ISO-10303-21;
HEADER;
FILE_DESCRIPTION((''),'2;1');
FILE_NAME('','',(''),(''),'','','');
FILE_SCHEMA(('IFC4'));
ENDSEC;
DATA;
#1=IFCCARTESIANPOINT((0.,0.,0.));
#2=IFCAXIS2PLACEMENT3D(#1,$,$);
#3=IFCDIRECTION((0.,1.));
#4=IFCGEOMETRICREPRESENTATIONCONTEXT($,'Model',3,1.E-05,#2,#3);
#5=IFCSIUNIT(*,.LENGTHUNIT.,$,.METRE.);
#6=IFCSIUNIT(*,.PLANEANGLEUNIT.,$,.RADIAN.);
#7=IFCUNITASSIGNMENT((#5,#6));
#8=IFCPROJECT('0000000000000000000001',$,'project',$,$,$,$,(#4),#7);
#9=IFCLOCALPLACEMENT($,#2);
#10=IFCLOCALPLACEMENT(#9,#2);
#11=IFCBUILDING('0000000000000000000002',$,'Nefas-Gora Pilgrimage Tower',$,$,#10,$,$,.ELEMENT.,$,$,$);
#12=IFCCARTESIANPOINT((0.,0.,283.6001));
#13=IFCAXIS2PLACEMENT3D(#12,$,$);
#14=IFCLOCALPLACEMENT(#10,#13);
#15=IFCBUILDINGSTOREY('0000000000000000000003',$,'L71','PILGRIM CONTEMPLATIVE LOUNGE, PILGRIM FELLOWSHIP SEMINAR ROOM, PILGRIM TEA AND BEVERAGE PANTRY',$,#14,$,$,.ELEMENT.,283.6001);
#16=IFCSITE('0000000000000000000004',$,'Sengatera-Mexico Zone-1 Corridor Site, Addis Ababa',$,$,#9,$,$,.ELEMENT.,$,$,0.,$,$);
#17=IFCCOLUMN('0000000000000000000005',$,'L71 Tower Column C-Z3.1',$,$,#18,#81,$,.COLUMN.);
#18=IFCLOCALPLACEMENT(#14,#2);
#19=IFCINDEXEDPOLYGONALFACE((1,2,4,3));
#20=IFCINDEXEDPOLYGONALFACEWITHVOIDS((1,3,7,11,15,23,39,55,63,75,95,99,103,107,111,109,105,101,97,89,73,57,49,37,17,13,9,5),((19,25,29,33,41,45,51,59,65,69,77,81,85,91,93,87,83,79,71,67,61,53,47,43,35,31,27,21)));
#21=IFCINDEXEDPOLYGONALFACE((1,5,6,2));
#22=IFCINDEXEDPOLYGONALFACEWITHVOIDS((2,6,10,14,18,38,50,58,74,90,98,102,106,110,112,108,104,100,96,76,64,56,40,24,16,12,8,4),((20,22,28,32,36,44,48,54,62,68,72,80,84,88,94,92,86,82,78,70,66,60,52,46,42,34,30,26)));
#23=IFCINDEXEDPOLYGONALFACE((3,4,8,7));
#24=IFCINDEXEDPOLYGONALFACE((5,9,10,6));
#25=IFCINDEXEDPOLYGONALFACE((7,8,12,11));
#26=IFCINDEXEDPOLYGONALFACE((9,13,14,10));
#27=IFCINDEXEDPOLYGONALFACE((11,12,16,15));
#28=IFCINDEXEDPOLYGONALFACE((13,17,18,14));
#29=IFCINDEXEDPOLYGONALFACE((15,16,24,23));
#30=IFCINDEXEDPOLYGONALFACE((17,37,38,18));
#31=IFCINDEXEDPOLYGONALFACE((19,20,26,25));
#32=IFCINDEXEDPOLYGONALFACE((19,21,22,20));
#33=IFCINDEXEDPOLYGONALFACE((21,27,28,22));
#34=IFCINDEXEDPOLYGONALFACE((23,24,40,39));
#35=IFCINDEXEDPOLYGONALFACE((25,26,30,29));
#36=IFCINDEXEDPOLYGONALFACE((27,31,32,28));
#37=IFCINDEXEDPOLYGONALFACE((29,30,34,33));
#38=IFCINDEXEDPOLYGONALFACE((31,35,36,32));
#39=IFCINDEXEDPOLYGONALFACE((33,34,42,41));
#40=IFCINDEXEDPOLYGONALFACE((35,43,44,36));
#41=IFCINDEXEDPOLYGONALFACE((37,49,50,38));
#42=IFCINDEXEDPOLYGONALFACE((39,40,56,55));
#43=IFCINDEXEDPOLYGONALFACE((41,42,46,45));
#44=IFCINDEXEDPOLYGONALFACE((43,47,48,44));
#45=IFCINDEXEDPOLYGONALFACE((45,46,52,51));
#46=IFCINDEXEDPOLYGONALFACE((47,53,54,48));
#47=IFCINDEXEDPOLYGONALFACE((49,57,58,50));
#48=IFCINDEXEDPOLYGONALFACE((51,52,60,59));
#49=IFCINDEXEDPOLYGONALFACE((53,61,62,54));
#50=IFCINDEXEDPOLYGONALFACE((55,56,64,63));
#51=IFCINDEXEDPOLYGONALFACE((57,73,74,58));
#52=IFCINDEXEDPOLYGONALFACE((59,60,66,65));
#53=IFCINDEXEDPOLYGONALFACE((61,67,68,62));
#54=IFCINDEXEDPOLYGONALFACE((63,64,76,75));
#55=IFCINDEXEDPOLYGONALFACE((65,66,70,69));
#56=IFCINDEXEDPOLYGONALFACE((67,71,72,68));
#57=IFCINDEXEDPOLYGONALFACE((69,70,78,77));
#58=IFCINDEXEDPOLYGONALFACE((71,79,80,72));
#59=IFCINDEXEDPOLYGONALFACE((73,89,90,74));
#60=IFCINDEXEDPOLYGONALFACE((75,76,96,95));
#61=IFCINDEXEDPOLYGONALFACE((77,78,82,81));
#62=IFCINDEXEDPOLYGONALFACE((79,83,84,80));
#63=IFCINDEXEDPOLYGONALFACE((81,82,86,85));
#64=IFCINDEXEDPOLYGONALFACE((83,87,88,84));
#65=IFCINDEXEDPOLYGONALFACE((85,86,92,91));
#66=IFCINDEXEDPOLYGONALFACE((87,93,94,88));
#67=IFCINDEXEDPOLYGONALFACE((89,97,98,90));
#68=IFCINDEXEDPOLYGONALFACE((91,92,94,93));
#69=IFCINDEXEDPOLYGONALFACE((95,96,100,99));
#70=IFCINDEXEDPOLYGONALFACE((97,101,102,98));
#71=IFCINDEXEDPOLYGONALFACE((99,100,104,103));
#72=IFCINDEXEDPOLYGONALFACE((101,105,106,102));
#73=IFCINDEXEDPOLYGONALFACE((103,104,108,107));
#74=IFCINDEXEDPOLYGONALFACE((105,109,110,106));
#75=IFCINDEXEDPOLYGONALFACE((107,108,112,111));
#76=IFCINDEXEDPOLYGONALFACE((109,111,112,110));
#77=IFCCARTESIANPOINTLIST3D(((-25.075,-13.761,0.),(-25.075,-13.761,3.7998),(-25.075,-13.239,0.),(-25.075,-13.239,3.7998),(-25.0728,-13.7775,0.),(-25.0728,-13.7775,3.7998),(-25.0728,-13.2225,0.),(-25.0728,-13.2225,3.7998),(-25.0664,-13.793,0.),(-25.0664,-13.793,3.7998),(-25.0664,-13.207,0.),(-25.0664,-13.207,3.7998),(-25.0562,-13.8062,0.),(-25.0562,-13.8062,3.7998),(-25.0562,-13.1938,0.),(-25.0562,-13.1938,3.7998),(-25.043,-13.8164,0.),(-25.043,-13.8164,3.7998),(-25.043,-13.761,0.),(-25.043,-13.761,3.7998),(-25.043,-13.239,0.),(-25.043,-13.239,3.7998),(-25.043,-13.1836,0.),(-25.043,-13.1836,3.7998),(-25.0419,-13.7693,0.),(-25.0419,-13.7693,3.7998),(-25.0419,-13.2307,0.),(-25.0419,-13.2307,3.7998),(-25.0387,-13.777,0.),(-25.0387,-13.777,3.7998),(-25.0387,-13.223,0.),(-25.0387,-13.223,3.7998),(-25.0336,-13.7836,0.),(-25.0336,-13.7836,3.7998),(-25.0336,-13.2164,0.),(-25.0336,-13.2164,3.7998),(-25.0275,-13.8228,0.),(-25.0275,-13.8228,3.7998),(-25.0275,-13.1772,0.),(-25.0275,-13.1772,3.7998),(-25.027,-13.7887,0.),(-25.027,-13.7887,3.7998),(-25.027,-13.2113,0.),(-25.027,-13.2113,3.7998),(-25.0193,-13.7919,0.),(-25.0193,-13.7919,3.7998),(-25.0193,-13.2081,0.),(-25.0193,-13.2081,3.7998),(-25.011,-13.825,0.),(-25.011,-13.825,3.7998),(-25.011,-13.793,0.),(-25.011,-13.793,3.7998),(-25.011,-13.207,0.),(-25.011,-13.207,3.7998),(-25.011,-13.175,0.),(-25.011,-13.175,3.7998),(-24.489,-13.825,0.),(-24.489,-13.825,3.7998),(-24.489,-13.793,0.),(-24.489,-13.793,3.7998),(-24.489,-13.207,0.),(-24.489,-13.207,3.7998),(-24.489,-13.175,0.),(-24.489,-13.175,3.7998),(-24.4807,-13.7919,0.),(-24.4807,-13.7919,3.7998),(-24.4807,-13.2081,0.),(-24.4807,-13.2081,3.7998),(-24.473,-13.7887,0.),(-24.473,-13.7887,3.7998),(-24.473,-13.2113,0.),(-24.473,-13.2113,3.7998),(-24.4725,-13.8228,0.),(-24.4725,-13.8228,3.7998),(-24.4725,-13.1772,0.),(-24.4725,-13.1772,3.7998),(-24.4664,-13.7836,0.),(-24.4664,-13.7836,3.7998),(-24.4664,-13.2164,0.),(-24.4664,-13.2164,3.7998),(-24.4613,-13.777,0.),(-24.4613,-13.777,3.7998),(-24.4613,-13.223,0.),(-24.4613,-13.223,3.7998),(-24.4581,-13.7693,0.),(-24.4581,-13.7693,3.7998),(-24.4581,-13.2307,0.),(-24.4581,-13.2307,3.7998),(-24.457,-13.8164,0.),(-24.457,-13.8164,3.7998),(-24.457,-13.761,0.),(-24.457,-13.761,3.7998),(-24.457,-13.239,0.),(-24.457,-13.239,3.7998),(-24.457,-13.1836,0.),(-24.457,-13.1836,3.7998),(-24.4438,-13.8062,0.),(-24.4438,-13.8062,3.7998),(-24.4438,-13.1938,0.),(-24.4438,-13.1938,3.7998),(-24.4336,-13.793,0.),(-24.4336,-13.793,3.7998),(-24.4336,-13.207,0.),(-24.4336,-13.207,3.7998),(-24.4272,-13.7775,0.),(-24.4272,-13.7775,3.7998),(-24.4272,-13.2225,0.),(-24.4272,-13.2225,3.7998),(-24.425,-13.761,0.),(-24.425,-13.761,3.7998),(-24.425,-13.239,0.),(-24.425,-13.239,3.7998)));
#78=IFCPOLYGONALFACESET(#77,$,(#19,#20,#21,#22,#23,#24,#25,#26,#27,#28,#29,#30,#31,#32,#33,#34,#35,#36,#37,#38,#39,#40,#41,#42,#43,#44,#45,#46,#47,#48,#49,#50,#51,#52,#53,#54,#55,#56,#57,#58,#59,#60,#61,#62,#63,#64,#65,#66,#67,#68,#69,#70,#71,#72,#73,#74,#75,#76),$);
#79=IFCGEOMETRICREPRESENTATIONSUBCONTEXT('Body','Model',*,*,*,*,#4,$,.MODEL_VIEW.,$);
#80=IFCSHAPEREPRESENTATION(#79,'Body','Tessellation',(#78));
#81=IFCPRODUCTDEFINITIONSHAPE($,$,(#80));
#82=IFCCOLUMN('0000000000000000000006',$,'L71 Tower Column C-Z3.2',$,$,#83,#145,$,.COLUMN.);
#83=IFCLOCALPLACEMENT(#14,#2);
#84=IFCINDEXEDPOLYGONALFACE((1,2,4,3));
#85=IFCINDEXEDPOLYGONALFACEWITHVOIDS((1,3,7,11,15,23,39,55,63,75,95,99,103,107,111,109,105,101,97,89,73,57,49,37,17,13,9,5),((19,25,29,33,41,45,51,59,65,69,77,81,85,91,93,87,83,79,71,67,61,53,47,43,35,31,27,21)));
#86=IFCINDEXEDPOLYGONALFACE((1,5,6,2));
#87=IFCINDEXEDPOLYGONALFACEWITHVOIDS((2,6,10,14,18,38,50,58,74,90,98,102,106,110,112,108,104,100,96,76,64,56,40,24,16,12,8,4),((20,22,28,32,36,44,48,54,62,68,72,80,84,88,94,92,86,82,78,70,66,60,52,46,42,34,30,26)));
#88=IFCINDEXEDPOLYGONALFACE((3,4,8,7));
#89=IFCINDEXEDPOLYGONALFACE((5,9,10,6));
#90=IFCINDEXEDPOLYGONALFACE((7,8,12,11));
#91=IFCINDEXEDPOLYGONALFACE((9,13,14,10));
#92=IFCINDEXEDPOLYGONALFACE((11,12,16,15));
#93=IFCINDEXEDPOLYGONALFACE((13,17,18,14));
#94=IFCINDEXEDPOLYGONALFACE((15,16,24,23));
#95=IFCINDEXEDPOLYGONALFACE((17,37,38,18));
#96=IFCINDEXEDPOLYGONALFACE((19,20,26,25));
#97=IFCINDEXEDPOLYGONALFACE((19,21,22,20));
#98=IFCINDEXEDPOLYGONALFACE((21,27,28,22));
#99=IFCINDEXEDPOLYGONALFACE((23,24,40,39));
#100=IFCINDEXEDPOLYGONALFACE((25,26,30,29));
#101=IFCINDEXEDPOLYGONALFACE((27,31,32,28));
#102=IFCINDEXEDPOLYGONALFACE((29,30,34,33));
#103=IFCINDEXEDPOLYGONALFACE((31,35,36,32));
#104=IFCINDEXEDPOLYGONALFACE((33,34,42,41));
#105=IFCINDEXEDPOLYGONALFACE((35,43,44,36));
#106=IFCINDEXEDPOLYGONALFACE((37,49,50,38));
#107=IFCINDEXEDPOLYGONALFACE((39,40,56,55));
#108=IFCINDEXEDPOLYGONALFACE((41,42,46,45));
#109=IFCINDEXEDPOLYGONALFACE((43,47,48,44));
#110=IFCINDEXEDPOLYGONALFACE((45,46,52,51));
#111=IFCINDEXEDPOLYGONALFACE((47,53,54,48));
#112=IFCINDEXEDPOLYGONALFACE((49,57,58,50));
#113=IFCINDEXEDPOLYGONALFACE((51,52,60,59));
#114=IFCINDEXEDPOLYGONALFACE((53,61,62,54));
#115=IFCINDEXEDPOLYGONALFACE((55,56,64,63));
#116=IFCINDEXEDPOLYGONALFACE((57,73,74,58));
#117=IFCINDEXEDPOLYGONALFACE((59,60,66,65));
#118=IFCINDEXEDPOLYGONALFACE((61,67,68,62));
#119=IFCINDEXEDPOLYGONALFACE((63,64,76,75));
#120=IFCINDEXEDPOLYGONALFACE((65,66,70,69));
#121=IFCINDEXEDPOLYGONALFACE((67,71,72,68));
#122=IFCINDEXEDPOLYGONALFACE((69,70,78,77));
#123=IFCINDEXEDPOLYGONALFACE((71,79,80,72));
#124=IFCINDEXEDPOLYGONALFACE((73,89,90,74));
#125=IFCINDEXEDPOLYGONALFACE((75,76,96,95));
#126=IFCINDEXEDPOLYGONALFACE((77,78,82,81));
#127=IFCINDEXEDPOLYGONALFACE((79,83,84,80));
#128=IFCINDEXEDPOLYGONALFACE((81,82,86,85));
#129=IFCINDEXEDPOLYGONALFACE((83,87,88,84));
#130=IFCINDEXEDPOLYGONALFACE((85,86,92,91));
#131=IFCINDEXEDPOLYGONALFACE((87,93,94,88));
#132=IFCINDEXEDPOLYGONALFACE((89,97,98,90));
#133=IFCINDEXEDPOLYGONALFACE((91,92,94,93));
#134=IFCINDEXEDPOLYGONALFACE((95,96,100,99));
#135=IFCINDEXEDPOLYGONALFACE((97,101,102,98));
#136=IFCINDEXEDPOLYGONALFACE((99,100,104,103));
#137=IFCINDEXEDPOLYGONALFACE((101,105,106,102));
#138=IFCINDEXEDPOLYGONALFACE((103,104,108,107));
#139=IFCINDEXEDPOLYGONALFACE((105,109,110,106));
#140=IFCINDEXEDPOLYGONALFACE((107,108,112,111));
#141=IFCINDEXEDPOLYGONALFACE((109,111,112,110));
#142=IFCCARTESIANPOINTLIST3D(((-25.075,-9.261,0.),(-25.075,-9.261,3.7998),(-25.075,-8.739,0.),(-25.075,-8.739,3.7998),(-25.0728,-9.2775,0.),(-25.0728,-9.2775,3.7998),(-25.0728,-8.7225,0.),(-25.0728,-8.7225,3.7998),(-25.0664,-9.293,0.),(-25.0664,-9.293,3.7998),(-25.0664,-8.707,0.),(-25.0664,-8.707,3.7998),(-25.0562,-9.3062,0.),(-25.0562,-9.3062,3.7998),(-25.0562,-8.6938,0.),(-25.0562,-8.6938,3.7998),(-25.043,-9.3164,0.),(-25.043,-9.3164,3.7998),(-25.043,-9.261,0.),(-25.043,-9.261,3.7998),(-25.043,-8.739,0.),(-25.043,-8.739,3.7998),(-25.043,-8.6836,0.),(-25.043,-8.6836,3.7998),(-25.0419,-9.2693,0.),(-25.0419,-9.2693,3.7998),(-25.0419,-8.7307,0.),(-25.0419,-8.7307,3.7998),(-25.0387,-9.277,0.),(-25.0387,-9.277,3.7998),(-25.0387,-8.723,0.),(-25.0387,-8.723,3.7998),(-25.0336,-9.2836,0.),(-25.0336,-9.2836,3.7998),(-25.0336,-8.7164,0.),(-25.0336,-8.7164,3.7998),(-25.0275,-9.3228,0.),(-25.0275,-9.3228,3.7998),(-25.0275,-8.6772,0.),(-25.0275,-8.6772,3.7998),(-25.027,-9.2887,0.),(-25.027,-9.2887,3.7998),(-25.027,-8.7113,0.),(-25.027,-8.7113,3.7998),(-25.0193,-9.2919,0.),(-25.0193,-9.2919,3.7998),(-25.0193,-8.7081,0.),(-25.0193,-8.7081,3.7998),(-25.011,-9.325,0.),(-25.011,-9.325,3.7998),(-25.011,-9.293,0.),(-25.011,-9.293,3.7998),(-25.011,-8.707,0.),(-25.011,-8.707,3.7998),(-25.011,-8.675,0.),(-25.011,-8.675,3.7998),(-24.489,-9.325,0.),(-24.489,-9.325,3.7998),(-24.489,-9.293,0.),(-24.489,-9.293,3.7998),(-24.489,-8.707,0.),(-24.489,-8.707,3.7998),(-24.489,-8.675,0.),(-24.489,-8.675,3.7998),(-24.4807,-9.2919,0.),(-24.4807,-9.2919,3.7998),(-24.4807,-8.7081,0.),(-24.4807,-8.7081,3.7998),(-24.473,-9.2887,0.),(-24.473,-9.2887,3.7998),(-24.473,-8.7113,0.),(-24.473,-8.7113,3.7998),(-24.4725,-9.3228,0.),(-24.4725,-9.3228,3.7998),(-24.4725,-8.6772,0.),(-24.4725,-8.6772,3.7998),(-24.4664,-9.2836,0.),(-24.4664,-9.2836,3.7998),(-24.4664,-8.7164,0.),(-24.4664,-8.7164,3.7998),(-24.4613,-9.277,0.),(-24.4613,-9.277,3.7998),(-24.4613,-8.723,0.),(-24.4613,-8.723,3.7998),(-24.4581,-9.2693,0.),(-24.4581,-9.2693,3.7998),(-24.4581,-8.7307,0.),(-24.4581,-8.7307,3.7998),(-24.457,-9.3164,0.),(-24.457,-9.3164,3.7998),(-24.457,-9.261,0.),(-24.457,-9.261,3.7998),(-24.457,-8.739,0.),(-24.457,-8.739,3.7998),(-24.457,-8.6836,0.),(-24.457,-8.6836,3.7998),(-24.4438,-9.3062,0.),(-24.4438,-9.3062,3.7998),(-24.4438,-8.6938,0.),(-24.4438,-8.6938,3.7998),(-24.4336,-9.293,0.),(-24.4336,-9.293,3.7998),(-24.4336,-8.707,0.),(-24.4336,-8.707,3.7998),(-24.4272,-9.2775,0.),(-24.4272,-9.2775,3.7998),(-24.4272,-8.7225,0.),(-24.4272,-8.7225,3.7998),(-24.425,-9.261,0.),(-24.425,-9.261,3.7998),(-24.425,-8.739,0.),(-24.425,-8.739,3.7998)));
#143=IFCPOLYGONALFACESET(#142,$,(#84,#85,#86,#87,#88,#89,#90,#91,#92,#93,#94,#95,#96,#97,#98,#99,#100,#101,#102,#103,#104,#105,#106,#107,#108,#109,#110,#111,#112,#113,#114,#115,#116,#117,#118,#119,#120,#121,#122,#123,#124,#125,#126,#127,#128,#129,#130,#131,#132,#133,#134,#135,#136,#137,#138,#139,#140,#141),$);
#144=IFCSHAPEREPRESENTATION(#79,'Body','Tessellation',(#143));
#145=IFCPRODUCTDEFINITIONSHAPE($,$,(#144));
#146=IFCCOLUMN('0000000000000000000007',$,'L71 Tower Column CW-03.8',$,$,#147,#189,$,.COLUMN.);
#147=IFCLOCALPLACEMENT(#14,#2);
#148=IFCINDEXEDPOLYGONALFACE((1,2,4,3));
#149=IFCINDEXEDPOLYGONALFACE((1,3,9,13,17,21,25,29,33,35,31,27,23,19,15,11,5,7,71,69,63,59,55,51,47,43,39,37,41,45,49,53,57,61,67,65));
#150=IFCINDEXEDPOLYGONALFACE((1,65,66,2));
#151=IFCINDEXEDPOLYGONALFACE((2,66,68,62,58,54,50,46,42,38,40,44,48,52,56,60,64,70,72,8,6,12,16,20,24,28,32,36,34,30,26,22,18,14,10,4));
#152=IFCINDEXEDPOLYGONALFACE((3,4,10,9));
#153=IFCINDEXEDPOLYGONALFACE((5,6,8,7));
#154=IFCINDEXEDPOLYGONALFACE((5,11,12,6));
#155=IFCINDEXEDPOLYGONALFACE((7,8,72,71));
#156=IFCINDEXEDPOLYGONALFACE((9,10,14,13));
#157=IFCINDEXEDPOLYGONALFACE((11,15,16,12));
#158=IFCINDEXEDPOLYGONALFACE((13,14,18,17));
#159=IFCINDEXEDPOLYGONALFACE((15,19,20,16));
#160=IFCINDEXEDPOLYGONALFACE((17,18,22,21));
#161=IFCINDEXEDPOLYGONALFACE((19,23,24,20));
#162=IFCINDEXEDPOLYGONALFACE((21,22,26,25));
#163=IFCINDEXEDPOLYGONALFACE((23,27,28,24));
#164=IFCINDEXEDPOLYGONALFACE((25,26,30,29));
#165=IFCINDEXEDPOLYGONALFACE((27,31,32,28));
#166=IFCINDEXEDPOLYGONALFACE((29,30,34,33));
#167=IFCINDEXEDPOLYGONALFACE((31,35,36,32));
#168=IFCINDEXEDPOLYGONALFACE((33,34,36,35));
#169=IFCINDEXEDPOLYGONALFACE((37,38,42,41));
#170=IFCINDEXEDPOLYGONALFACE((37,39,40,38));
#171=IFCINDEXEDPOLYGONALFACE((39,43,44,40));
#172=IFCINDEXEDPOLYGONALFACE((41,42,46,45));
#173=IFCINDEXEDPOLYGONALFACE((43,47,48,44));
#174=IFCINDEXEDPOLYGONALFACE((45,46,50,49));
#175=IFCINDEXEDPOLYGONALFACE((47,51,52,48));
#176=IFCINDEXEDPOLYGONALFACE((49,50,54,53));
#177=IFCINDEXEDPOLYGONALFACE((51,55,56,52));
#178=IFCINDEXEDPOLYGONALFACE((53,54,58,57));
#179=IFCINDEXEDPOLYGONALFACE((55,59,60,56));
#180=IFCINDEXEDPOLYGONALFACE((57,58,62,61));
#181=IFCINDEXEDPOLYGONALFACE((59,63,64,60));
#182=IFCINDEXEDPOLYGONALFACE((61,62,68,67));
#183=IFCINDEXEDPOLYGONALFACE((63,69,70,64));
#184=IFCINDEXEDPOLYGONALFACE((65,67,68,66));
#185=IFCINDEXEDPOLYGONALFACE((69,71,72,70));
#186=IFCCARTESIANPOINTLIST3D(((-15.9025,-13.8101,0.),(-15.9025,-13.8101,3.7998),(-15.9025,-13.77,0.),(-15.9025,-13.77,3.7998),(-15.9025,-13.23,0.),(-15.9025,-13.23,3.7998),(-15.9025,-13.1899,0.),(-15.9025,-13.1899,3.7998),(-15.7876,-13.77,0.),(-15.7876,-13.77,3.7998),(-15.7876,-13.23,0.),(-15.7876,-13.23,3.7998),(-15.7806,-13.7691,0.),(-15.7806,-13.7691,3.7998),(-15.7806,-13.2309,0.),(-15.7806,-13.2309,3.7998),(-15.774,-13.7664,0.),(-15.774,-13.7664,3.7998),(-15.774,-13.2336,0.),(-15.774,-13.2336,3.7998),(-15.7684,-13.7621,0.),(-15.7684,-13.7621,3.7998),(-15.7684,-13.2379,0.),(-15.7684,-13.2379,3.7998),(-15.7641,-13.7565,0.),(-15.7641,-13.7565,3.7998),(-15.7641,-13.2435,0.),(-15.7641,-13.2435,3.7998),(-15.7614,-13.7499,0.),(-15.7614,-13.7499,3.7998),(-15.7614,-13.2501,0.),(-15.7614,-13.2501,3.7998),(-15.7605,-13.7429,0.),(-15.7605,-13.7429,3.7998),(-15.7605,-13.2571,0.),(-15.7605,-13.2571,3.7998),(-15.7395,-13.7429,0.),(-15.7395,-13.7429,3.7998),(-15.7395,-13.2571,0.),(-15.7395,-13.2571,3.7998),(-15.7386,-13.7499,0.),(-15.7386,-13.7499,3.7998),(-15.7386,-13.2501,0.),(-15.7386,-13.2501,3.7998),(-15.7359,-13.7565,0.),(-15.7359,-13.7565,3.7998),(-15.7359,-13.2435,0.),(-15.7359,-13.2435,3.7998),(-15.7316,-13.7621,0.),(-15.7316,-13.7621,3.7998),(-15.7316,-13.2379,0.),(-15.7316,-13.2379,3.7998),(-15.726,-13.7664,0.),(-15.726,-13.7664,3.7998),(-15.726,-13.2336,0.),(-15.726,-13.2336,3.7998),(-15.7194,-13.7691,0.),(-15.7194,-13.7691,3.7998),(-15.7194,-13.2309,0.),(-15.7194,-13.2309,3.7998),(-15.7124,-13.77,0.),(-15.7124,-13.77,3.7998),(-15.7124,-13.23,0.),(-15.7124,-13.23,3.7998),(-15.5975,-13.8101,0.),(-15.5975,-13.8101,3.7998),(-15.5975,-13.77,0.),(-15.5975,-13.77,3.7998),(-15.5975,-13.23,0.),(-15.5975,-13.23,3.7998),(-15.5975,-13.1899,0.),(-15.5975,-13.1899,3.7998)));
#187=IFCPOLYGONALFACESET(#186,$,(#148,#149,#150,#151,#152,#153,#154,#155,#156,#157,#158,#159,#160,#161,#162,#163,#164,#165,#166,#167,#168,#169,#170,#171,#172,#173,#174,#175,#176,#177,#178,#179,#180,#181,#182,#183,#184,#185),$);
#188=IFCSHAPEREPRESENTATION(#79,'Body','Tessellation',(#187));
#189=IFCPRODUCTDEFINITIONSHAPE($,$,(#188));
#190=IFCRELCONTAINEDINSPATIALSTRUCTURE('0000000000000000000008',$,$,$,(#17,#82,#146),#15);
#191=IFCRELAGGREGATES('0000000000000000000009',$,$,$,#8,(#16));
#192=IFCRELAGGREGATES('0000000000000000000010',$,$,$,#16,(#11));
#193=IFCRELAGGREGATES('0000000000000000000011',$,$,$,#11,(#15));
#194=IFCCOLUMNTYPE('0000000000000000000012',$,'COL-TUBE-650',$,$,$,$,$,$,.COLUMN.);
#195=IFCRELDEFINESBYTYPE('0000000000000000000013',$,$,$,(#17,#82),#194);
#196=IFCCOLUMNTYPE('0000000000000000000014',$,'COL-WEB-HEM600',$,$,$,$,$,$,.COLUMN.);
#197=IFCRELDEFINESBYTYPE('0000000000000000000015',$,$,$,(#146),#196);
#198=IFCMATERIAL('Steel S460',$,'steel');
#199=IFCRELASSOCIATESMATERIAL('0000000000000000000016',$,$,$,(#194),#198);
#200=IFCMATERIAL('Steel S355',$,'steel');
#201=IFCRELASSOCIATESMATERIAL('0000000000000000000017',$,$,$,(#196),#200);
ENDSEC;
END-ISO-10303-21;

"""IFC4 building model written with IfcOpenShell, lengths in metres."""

from ifc_helpers import new_model, si_unit, direction, frame, origin, origin_2d, place, context, subcontext, project, spatial, hollow_rectangle, i_section, extrude, source, transform, mapped, material, material_profile, profile_set, type_object, element, save


model = new_model("IFC4")

# Units and contexts
model_context = context("Model", 3, precision=1e-05, world=origin(), true_north=direction((0.0, 1.0)))
body_context = subcontext(model_context, "Body", "Model", "MODEL_VIEW")
ifc_project = project(units=[si_unit("LENGTHUNIT", "METRE"), si_unit("PLANEANGLEUNIT", "RADIAN")], contexts=[model_context])

# Site, building, storey
site_placement = place(None, origin())
site = spatial("IfcSite", under=ifc_project, at=site_placement, Name="Sengatera-Mexico Zone-1 Corridor Site, Addis Ababa", CompositionType="ELEMENT", RefElevation=0.0)
building_placement = place(site_placement, origin())
building = spatial("IfcBuilding", under=site, at=building_placement, Name="Nefas-Gora Pilgrimage Tower", CompositionType="ELEMENT")
storey_placement = place(building_placement, frame((0.0, 0.0, 283.6001)))
storey = spatial("IfcBuildingStorey", under=building, at=storey_placement, Name="L71", Description="PILGRIM CONTEMPLATIVE LOUNGE, PILGRIM FELLOWSHIP SEMINAR ROOM, PILGRIM TEA AND BEVERAGE PANTRY", CompositionType="ELEMENT", Elevation=283.6001)

# Columns
ifc_material_1 = material(Name="Steel S460", Category="steel")
ifc_material_profile_1 = material_profile(ifc_material_1, hollow_rectangle(XDim=0.6499, YDim=0.6499, WallThickness=0.032, InnerFilletRadius=0.032, OuterFilletRadius=0.064, at=origin_2d()), Name="BOX 650x650x32")
ifc_profile_set_1 = profile_set([ifc_material_profile_1], Name="Steel S460")
column_type_1 = type_object("IfcColumnType", Name="COL-TUBE-650", PredefinedType="COLUMN", material=ifc_profile_set_1)
shared_shape_1 = source(origin(), body_context, "Body", "SweptSolid", [
    extrude(hollow_rectangle(XDim=0.6499, YDim=0.6499, WallThickness=0.032, InnerFilletRadius=0.032, OuterFilletRadius=0.064, at=origin_2d()), origin(), (0.0, 0.0, 1.0), 3.7998),
])
for number, where, z_axis, x_axis, name in (
    (1, (-24.75, -13.5, 0.0), (0.0, 0.0, 1.0), (1.0, 0.0, 0.0), "L71 Tower Column C-Z3.1"),
    (2, (-24.75, -9.0, 0.0), (0.0, 0.0, 1.0), (1.0, 0.0, 0.0), "L71 Tower Column C-Z3.2"),
):
    element("IfcColumn", number, at=place(storey_placement, frame(where, z_axis=z_axis, x_axis=x_axis)), inside=storey, type_object=column_type_1, Name=name, PredefinedType="COLUMN", context=body_context, shape_type="MappedRepresentation", body=[
        mapped(shared_shape_1, transform((0.0, 0.0, 0.0), x_axis=(1.0, 0.0, 0.0), y_axis=(0.0, 1.0, 0.0), z_axis=(0.0, 0.0, 1.0), scale=1.0)),
    ])
ifc_material_2 = material(Name="Steel S355", Category="steel")
ifc_material_profile_2 = material_profile(ifc_material_2, i_section(OverallWidth=0.3049, OverallDepth=0.6201, WebThickness=0.021, FlangeThickness=0.04, FilletRadius=0.0271, at=origin_2d()), Name="HEM 600")
ifc_profile_set_2 = profile_set([ifc_material_profile_2], Name="Steel S355")
column_type_2 = type_object("IfcColumnType", Name="COL-WEB-HEM600", PredefinedType="COLUMN", material=ifc_profile_set_2)
shared_shape_2 = source(origin(), body_context, "Body", "SweptSolid", [
    extrude(i_section(OverallWidth=0.3049, OverallDepth=0.6201, WebThickness=0.021, FlangeThickness=0.04, FilletRadius=0.0271, at=origin_2d()), origin(), (0.0, 0.0, 1.0), 3.7998),
])
for number, where, z_axis, x_axis, name in (
    (3, (-15.75, -13.5, 0.0), (0.0, 0.0, 1.0), (1.0, 0.0, 0.0), "L71 Tower Column CW-03.8"),
):
    element("IfcColumn", number, at=place(storey_placement, frame(where, z_axis=z_axis, x_axis=x_axis)), inside=storey, type_object=column_type_2, Name=name, PredefinedType="COLUMN", context=body_context, shape_type="MappedRepresentation", body=[
        mapped(shared_shape_2, transform((0.0, 0.0, 0.0), x_axis=(1.0, 0.0, 0.0), y_axis=(0.0, 1.0, 0.0), z_axis=(0.0, 0.0, 1.0), scale=1.0)),
    ])

save(model, "model.ifc")
